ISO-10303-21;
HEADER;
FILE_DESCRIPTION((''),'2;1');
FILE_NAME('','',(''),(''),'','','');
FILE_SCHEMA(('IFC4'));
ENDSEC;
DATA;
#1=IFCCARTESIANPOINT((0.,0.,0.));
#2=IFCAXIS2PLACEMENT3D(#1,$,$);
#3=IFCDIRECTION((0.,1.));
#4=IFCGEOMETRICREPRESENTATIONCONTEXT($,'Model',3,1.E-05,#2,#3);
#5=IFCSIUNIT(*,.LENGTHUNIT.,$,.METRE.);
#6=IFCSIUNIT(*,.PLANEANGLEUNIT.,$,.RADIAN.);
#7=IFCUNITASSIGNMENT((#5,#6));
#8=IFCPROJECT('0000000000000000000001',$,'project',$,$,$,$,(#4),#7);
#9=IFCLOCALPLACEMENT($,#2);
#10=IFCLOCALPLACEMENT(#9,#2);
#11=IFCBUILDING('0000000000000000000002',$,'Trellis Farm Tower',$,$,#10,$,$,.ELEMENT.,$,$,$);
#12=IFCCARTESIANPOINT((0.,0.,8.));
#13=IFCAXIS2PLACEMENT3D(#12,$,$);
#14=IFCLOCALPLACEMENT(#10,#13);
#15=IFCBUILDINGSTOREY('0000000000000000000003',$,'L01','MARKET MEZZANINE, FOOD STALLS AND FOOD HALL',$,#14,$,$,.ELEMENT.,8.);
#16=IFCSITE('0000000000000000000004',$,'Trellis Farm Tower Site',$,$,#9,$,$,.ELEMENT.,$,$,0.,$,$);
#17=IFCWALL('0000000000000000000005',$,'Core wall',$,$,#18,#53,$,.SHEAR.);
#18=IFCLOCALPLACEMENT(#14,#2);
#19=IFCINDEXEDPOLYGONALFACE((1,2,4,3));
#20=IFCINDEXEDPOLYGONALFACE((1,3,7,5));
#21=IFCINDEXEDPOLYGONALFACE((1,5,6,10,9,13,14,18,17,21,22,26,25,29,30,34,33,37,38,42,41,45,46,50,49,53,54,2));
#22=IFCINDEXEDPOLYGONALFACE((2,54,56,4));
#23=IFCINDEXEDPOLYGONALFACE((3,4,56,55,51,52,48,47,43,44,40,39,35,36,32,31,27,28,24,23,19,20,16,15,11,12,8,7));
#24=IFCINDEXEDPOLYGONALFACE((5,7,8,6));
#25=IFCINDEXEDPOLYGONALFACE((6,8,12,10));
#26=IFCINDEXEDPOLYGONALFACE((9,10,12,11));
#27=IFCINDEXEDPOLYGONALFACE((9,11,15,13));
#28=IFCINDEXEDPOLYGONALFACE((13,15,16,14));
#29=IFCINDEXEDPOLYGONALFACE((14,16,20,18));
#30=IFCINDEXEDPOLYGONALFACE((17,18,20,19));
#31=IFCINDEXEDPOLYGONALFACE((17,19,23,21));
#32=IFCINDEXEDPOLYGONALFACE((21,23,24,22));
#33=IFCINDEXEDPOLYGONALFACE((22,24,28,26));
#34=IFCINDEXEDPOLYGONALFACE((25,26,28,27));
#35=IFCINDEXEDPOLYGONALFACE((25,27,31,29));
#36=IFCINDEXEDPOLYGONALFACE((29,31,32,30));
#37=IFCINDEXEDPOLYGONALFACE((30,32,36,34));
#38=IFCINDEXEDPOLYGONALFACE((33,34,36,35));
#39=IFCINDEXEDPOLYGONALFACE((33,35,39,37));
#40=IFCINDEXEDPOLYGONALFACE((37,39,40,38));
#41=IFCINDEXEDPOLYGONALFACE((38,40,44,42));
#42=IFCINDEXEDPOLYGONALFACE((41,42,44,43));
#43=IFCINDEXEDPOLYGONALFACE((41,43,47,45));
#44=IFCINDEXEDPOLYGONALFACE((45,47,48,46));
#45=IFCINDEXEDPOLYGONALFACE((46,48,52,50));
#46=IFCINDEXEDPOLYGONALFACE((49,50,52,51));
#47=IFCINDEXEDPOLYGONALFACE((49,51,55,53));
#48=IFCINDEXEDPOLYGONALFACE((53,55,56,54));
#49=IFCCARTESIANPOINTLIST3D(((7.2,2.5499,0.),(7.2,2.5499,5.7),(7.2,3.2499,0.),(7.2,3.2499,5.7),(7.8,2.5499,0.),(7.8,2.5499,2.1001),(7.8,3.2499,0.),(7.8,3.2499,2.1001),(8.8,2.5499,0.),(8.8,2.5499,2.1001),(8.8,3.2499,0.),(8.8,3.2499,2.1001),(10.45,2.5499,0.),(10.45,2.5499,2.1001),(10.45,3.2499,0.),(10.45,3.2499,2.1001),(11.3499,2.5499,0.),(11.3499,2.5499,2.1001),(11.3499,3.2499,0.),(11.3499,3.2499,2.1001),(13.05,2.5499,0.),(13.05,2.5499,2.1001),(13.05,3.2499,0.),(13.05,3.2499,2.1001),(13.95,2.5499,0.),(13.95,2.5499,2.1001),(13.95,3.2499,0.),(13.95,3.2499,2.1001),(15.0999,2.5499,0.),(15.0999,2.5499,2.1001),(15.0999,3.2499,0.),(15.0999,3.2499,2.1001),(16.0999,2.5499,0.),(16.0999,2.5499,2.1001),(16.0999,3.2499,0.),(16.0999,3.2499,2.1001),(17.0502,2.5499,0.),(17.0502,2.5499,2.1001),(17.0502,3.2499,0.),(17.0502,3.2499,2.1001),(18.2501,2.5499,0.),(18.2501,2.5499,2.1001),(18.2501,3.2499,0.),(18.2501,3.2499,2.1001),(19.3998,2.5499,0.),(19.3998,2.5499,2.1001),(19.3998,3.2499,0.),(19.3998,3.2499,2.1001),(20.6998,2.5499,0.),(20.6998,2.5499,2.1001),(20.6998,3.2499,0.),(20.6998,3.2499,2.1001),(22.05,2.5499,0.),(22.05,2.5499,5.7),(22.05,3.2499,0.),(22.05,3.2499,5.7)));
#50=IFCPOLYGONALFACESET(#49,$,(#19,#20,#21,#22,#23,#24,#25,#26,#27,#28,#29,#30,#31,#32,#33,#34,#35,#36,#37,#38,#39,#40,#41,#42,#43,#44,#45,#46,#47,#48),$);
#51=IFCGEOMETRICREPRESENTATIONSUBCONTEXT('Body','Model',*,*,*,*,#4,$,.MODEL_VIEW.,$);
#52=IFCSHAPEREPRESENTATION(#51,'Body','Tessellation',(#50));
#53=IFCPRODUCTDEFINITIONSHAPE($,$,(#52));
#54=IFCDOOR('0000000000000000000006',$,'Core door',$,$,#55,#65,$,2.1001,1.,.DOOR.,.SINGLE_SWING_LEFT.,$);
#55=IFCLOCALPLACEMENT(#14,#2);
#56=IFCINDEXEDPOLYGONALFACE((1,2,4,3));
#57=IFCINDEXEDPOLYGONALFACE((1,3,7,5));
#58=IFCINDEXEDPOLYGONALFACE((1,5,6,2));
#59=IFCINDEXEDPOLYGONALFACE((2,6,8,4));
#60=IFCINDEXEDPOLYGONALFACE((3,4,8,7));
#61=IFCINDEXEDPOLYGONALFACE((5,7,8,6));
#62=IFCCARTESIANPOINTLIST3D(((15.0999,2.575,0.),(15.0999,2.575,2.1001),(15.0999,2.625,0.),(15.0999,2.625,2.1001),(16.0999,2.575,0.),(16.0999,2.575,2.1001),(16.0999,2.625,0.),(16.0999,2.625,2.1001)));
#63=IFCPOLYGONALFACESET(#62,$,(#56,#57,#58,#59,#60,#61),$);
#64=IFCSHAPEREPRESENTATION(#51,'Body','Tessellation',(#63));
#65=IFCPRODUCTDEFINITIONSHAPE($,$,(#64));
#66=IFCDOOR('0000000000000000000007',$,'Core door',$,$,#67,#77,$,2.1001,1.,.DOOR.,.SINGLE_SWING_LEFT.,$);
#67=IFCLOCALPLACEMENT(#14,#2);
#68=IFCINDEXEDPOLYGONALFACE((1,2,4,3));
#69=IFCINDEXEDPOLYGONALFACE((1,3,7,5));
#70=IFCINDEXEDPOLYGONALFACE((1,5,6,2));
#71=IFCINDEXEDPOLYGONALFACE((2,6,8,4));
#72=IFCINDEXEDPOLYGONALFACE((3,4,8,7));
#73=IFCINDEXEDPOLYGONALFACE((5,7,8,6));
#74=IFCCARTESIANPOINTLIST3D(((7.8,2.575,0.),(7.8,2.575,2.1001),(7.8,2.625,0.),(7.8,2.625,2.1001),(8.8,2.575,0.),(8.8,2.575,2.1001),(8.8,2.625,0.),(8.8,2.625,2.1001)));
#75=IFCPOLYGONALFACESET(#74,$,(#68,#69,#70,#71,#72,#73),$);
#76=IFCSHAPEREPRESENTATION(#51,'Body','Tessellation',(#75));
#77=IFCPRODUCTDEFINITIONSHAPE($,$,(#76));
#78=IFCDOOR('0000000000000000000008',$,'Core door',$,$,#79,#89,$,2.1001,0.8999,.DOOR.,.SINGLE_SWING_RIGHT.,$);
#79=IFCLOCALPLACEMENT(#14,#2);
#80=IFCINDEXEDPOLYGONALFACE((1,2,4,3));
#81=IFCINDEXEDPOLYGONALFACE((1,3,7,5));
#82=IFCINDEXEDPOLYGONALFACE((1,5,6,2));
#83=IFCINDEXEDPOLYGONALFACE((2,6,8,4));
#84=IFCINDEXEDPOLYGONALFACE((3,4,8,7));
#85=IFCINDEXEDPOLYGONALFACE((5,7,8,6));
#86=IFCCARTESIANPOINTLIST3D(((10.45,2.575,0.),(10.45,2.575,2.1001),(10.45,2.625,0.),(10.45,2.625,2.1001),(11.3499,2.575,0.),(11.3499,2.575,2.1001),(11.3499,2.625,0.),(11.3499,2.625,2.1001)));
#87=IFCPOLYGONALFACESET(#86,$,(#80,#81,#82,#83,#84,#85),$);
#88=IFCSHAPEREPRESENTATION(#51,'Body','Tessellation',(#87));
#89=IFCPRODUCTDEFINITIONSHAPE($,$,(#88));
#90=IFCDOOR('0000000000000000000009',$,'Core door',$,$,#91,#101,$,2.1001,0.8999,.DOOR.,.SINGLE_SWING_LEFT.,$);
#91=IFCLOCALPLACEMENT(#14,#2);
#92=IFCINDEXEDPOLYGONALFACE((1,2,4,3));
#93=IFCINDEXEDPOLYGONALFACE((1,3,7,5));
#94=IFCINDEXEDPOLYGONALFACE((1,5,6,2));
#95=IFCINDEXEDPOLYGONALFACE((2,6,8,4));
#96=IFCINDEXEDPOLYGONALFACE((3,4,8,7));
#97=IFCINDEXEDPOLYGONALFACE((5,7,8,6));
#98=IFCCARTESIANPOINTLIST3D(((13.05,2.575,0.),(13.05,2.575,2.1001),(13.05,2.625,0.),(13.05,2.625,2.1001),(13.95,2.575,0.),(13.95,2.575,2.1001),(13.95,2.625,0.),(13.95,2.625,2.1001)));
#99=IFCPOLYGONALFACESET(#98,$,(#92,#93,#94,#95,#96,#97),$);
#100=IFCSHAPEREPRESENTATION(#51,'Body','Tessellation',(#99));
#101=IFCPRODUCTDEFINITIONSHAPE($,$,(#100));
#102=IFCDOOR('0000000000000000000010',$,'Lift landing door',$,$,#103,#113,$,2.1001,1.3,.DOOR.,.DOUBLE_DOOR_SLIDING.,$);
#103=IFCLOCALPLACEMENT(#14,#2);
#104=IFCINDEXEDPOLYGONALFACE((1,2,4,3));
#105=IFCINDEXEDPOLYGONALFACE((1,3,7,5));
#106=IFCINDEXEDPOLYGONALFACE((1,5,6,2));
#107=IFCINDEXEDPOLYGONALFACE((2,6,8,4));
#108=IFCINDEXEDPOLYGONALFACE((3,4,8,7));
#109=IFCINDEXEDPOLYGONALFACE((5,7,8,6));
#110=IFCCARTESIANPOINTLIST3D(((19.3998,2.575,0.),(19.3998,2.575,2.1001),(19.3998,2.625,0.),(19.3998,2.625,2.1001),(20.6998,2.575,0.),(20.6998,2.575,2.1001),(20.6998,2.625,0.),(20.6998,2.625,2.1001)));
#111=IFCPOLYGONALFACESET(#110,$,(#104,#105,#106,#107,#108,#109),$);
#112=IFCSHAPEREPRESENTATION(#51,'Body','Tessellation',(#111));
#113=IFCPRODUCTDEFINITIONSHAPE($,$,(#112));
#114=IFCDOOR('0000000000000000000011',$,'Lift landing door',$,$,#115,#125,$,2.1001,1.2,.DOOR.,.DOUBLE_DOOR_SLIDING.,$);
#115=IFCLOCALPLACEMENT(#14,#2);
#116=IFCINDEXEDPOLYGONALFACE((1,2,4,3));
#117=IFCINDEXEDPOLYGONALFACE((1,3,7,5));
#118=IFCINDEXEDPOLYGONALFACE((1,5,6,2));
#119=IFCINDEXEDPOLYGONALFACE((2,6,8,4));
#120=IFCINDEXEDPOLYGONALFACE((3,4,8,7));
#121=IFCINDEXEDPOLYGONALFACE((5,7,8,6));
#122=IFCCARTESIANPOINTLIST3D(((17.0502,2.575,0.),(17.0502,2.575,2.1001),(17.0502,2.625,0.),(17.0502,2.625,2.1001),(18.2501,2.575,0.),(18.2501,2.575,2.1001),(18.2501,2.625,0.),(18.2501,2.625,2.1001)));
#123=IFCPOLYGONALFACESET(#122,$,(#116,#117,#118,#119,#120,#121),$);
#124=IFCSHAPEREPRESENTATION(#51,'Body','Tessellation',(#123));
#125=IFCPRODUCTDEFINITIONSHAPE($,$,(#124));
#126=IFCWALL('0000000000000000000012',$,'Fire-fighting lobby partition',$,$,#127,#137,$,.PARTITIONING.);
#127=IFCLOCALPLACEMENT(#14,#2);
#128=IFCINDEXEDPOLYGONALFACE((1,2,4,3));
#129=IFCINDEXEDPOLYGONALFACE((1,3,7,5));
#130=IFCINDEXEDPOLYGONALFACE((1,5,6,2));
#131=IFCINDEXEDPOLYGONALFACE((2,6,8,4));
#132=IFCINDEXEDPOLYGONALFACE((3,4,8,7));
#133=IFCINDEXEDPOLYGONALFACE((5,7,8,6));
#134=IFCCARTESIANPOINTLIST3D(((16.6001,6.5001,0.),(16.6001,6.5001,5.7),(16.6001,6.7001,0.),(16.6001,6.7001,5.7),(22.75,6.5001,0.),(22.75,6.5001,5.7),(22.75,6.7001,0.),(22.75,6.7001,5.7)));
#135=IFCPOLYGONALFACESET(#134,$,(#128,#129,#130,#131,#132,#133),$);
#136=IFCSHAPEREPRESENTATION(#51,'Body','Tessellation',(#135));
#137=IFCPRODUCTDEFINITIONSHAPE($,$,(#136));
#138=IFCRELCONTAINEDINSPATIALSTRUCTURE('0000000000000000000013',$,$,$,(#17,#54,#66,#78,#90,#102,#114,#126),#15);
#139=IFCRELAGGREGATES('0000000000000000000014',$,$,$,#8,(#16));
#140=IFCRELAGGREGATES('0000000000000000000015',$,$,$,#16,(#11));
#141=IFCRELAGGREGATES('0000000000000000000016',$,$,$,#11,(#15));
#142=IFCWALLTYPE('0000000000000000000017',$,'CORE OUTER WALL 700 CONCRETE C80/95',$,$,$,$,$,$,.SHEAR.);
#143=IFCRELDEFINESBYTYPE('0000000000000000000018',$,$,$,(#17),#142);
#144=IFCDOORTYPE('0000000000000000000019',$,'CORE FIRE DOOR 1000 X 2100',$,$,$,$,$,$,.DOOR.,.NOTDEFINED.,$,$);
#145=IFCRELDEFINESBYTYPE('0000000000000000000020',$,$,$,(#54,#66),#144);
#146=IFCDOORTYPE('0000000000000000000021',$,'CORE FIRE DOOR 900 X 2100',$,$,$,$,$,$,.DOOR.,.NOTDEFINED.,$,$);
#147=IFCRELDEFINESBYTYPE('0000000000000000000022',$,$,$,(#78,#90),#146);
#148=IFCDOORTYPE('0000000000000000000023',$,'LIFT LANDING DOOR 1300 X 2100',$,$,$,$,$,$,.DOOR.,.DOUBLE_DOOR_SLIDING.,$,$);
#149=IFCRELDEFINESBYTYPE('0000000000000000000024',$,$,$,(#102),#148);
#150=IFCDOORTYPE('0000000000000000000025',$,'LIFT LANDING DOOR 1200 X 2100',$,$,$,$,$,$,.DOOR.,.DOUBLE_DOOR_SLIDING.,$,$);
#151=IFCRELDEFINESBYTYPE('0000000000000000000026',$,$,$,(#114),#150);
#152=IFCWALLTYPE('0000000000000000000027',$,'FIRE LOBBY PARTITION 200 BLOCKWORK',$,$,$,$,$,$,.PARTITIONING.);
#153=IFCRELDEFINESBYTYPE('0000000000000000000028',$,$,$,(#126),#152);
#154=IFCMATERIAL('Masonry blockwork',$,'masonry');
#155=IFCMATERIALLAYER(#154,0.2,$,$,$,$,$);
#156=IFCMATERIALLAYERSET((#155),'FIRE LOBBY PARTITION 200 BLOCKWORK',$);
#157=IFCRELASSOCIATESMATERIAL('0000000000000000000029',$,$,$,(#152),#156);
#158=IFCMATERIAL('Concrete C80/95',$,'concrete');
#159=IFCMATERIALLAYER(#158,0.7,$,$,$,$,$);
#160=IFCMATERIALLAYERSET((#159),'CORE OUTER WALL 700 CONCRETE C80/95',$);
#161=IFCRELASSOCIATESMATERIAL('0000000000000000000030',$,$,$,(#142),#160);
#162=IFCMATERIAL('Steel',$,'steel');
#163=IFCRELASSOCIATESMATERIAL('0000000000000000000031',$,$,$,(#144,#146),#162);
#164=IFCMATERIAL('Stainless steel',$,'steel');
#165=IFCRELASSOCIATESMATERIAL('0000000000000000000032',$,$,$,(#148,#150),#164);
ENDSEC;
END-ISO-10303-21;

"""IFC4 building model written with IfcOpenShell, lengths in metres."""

from ifc_helpers import new_model, si_unit, direction, frame, frame_2d, origin, place, context, subcontext, project, spatial, rectangle, extrude, source, transform, mapped, material, layer, layer_set, type_object, element, fill, save


model = new_model("IFC4")

# Units and contexts
model_context = context("Model", 3, precision=1e-05, world=origin(), true_north=direction((0.0, 1.0)))
body_context = subcontext(model_context, "Body", "Model", "MODEL_VIEW")
ifc_project = project(units=[si_unit("LENGTHUNIT", "METRE"), si_unit("PLANEANGLEUNIT", "RADIAN")], contexts=[model_context])

# Site, building, storey
site_placement = place(None, origin())
site = spatial("IfcSite", under=ifc_project, at=site_placement, Name="Trellis Farm Tower Site", CompositionType="ELEMENT", RefElevation=0.0)
building_placement = place(site_placement, origin())
building = spatial("IfcBuilding", under=site, at=building_placement, Name="Trellis Farm Tower", CompositionType="ELEMENT")
storey_placement = place(building_placement, frame((0.0, 0.0, 8.0)))
storey = spatial("IfcBuildingStorey", under=building, at=storey_placement, Name="L01", Description="MARKET MEZZANINE, FOOD STALLS AND FOOD HALL", CompositionType="ELEMENT", Elevation=8.0)

# Shared definitions
ifc_material_1 = material(Name="Concrete C80/95", Category="concrete")

# Shared definitions
ifc_material_2 = material(Name="Masonry blockwork", Category="masonry")
ifc_layer_1 = layer(ifc_material_2, 0.2)
ifc_layer_set_1 = layer_set([ifc_layer_1], Name="FIRE LOBBY PARTITION 200 BLOCKWORK")
wall_type_1 = type_object("IfcWallType", Name="FIRE LOBBY PARTITION 200 BLOCKWORK", PredefinedType="PARTITIONING", material=ifc_layer_set_1)
ifc_material_3 = material(Name="Steel", Category="steel")

# Wall, openings, doors
ifc_layer_2 = layer(ifc_material_1, 0.7)
ifc_layer_set_2 = layer_set([ifc_layer_2], Name="CORE OUTER WALL 700 CONCRETE C80/95")
wall_type_2 = type_object("IfcWallType", Name="CORE OUTER WALL 700 CONCRETE C80/95", PredefinedType="SHEAR", material=ifc_layer_set_2)
shared_shape_1 = source(origin(), body_context, "Body", "SweptSolid", [
    extrude(rectangle(XDim=14.8501, YDim=0.7, at=frame_2d((7.425, 0.0))), origin(), (0.0, 0.0, 1.0), 5.7),
])
wall_1_placement = place(storey_placement, frame((7.2, 2.8999, 0.0), z_axis=(0.0, 0.0, 1.0), x_axis=(1.0, 0.0, 0.0)))
wall_1 = element("IfcWall", 1, at=wall_1_placement, inside=storey, type_object=wall_type_2, Name="Core wall", PredefinedType="SHEAR", context=body_context, shape_type="MappedRepresentation", body=[
    mapped(shared_shape_1, transform((0.0, 0.0, 0.0))),
])
shared_shape_2 = source(origin(), body_context, "Body", "SweptSolid", [
    extrude(rectangle(XDim=1.3, YDim=2.1001, at=frame_2d((0.6499, 1.05))), frame((0.0, 0.3601, 0.0), z_axis=(0.0, -1.0, 0.0), x_axis=(1.0, 0.0, 0.0)), (0.0, 0.0, 1.0), 0.7202),
])
opening_1_placement = place(wall_1_placement, frame((12.2, 0.0, 0.0)))
opening_1 = element("IfcOpeningElement", 2, at=opening_1_placement, cuts=wall_1, PredefinedType="OPENING", context=body_context, shape_type="MappedRepresentation", body=[
    mapped(shared_shape_2, transform((0.0, 0.0, 0.0))),
])
shared_shape_3 = source(origin(), body_context, "Body", "SweptSolid", [
    extrude(rectangle(XDim=1.2, YDim=2.1001, at=frame_2d((0.6001, 1.05))), frame((0.0, 0.3601, 0.0), z_axis=(0.0, -1.0, 0.0), x_axis=(1.0, 0.0, 0.0)), (0.0, 0.0, 1.0), 0.7202),
])
opening_2_placement = place(wall_1_placement, frame((9.8501, 0.0, 0.0)))
opening_2 = element("IfcOpeningElement", 3, at=opening_2_placement, cuts=wall_1, PredefinedType="OPENING", context=body_context, shape_type="MappedRepresentation", body=[
    mapped(shared_shape_3, transform((0.0, 0.0, 0.0))),
])
shared_shape_4 = source(origin(), body_context, "Body", "SweptSolid", [
    extrude(rectangle(XDim=1.0, YDim=2.1001, at=frame_2d((0.5, 1.05))), frame((0.0, 0.3601, 0.0), z_axis=(0.0, -1.0, 0.0), x_axis=(1.0, 0.0, 0.0)), (0.0, 0.0, 1.0), 0.7202),
])
opening_3_placement = place(wall_1_placement, frame((7.8999, 0.0, 0.0)))
opening_3 = element("IfcOpeningElement", 4, at=opening_3_placement, cuts=wall_1, PredefinedType="OPENING", context=body_context, shape_type="MappedRepresentation", body=[
    mapped(shared_shape_4, transform((0.0, 0.0, 0.0))),
])
opening_4_placement = place(wall_1_placement, frame((0.6001, 0.0, 0.0)))
opening_4 = element("IfcOpeningElement", 5, at=opening_4_placement, cuts=wall_1, PredefinedType="OPENING", context=body_context, shape_type="MappedRepresentation", body=[
    mapped(shared_shape_4, transform((0.0, 0.0, 0.0))),
])
shared_shape_5 = source(origin(), body_context, "Body", "SweptSolid", [
    extrude(rectangle(XDim=0.8999, YDim=2.1001, at=frame_2d((0.45, 1.05))), frame((0.0, 0.3601, 0.0), z_axis=(0.0, -1.0, 0.0), x_axis=(1.0, 0.0, 0.0)), (0.0, 0.0, 1.0), 0.7202),
])
opening_5_placement = place(wall_1_placement, frame((3.25, 0.0, 0.0)))
opening_5 = element("IfcOpeningElement", 6, at=opening_5_placement, cuts=wall_1, PredefinedType="OPENING", context=body_context, shape_type="MappedRepresentation", body=[
    mapped(shared_shape_5, transform((0.0, 0.0, 0.0))),
])
opening_6_placement = place(wall_1_placement, frame((5.8501, 0.0, 0.0)))
opening_6 = element("IfcOpeningElement", 7, at=opening_6_placement, cuts=wall_1, PredefinedType="OPENING", context=body_context, shape_type="MappedRepresentation", body=[
    mapped(shared_shape_5, transform((0.0, 0.0, 0.0))),
])
door_type_1 = type_object("IfcDoorType", Name="CORE FIRE DOOR 1000 X 2100", OperationType="NOTDEFINED", PredefinedType="DOOR", material=ifc_material_3)
shared_shape_6 = source(origin(), body_context, "Body", "SweptSolid", [
    extrude(rectangle(XDim=1.0, YDim=2.1001, at=frame_2d((0.5, 1.05))), frame((0.0, -0.2749, 0.0), z_axis=(0.0, -1.0, 0.0), x_axis=(1.0, 0.0, 0.0)), (0.0, 0.0, 1.0), 0.05),
])
door_1_placement = place(opening_3_placement, origin())
door_1 = element("IfcDoor", 8, at=door_1_placement, inside=storey, type_object=door_type_1, Name="Core door", OperationType="SINGLE_SWING_LEFT", OverallHeight=2.1001, OverallWidth=1.0, PredefinedType="DOOR", context=body_context, shape_type="MappedRepresentation", body=[
    mapped(shared_shape_6, transform((0.0, 0.0, 0.0))),
])
fill(opening_3, door_1)
door_2_placement = place(opening_4_placement, origin())
door_2 = element("IfcDoor", 9, at=door_2_placement, inside=storey, type_object=door_type_1, Name="Core door", OperationType="SINGLE_SWING_LEFT", OverallHeight=2.1001, OverallWidth=1.0, PredefinedType="DOOR", context=body_context, shape_type="MappedRepresentation", body=[
    mapped(shared_shape_6, transform((0.0, 0.0, 0.0))),
])
fill(opening_4, door_2)
door_type_2 = type_object("IfcDoorType", Name="CORE FIRE DOOR 900 X 2100", OperationType="NOTDEFINED", PredefinedType="DOOR", material=ifc_material_3)
shared_shape_7 = source(origin(), body_context, "Body", "SweptSolid", [
    extrude(rectangle(XDim=0.8999, YDim=2.1001, at=frame_2d((0.45, 1.05))), frame((0.0, -0.2749, 0.0), z_axis=(0.0, -1.0, 0.0), x_axis=(1.0, 0.0, 0.0)), (0.0, 0.0, 1.0), 0.05),
])
door_3_placement = place(opening_5_placement, origin())
door_3 = element("IfcDoor", 10, at=door_3_placement, inside=storey, type_object=door_type_2, Name="Core door", OperationType="SINGLE_SWING_RIGHT", OverallHeight=2.1001, OverallWidth=0.8999, PredefinedType="DOOR", context=body_context, shape_type="MappedRepresentation", body=[
    mapped(shared_shape_7, transform((0.0, 0.0, 0.0))),
])
fill(opening_5, door_3)
door_4_placement = place(opening_6_placement, origin())
door_4 = element("IfcDoor", 11, at=door_4_placement, inside=storey, type_object=door_type_2, Name="Core door", OperationType="SINGLE_SWING_LEFT", OverallHeight=2.1001, OverallWidth=0.8999, PredefinedType="DOOR", context=body_context, shape_type="MappedRepresentation", body=[
    mapped(shared_shape_7, transform((0.0, 0.0, 0.0))),
])
fill(opening_6, door_4)
ifc_material_4 = material(Name="Stainless steel", Category="steel")
door_type_3 = type_object("IfcDoorType", Name="LIFT LANDING DOOR 1300 X 2100", OperationType="DOUBLE_DOOR_SLIDING", PredefinedType="DOOR", material=ifc_material_4)
shared_shape_8 = source(origin(), body_context, "Body", "SweptSolid", [
    extrude(rectangle(XDim=1.3, YDim=2.1001, at=frame_2d((0.6499, 1.05))), frame((0.0, -0.2749, 0.0), z_axis=(0.0, -1.0, 0.0), x_axis=(1.0, 0.0, 0.0)), (0.0, 0.0, 1.0), 0.05),
])
door_5_placement = place(opening_1_placement, origin())
door_5 = element("IfcDoor", 12, at=door_5_placement, inside=storey, type_object=door_type_3, Name="Lift landing door", OperationType="DOUBLE_DOOR_SLIDING", OverallHeight=2.1001, OverallWidth=1.3, PredefinedType="DOOR", context=body_context, shape_type="MappedRepresentation", body=[
    mapped(shared_shape_8, transform((0.0, 0.0, 0.0))),
])
fill(opening_1, door_5)
door_type_4 = type_object("IfcDoorType", Name="LIFT LANDING DOOR 1200 X 2100", OperationType="DOUBLE_DOOR_SLIDING", PredefinedType="DOOR", material=ifc_material_4)
shared_shape_9 = source(origin(), body_context, "Body", "SweptSolid", [
    extrude(rectangle(XDim=1.2, YDim=2.1001, at=frame_2d((0.6001, 1.05))), frame((0.0, -0.2749, 0.0), z_axis=(0.0, -1.0, 0.0), x_axis=(1.0, 0.0, 0.0)), (0.0, 0.0, 1.0), 0.05),
])
door_6_placement = place(opening_2_placement, origin())
door_6 = element("IfcDoor", 13, at=door_6_placement, inside=storey, type_object=door_type_4, Name="Lift landing door", OperationType="DOUBLE_DOOR_SLIDING", OverallHeight=2.1001, OverallWidth=1.2, PredefinedType="DOOR", context=body_context, shape_type="MappedRepresentation", body=[
    mapped(shared_shape_9, transform((0.0, 0.0, 0.0))),
])
fill(opening_2, door_6)

# Wall
shared_shape_10 = source(origin(), body_context, "Body", "SweptSolid", [
    extrude(rectangle(XDim=6.1499, YDim=0.2, at=frame_2d((3.075, 0.0))), origin(), (0.0, 0.0, 1.0), 5.7),
])
wall_2_placement = place(storey_placement, frame((16.6001, 6.6001, 0.0), z_axis=(0.0, 0.0, 1.0), x_axis=(1.0, 0.0, 0.0)))
element("IfcWall", 14, at=wall_2_placement, inside=storey, type_object=wall_type_1, Name="Fire-fighting lobby partition", PredefinedType="PARTITIONING", context=body_context, shape_type="MappedRepresentation", body=[
    mapped(shared_shape_10, transform((0.0, 0.0, 0.0))),
])

save(model, "model.ifc")
